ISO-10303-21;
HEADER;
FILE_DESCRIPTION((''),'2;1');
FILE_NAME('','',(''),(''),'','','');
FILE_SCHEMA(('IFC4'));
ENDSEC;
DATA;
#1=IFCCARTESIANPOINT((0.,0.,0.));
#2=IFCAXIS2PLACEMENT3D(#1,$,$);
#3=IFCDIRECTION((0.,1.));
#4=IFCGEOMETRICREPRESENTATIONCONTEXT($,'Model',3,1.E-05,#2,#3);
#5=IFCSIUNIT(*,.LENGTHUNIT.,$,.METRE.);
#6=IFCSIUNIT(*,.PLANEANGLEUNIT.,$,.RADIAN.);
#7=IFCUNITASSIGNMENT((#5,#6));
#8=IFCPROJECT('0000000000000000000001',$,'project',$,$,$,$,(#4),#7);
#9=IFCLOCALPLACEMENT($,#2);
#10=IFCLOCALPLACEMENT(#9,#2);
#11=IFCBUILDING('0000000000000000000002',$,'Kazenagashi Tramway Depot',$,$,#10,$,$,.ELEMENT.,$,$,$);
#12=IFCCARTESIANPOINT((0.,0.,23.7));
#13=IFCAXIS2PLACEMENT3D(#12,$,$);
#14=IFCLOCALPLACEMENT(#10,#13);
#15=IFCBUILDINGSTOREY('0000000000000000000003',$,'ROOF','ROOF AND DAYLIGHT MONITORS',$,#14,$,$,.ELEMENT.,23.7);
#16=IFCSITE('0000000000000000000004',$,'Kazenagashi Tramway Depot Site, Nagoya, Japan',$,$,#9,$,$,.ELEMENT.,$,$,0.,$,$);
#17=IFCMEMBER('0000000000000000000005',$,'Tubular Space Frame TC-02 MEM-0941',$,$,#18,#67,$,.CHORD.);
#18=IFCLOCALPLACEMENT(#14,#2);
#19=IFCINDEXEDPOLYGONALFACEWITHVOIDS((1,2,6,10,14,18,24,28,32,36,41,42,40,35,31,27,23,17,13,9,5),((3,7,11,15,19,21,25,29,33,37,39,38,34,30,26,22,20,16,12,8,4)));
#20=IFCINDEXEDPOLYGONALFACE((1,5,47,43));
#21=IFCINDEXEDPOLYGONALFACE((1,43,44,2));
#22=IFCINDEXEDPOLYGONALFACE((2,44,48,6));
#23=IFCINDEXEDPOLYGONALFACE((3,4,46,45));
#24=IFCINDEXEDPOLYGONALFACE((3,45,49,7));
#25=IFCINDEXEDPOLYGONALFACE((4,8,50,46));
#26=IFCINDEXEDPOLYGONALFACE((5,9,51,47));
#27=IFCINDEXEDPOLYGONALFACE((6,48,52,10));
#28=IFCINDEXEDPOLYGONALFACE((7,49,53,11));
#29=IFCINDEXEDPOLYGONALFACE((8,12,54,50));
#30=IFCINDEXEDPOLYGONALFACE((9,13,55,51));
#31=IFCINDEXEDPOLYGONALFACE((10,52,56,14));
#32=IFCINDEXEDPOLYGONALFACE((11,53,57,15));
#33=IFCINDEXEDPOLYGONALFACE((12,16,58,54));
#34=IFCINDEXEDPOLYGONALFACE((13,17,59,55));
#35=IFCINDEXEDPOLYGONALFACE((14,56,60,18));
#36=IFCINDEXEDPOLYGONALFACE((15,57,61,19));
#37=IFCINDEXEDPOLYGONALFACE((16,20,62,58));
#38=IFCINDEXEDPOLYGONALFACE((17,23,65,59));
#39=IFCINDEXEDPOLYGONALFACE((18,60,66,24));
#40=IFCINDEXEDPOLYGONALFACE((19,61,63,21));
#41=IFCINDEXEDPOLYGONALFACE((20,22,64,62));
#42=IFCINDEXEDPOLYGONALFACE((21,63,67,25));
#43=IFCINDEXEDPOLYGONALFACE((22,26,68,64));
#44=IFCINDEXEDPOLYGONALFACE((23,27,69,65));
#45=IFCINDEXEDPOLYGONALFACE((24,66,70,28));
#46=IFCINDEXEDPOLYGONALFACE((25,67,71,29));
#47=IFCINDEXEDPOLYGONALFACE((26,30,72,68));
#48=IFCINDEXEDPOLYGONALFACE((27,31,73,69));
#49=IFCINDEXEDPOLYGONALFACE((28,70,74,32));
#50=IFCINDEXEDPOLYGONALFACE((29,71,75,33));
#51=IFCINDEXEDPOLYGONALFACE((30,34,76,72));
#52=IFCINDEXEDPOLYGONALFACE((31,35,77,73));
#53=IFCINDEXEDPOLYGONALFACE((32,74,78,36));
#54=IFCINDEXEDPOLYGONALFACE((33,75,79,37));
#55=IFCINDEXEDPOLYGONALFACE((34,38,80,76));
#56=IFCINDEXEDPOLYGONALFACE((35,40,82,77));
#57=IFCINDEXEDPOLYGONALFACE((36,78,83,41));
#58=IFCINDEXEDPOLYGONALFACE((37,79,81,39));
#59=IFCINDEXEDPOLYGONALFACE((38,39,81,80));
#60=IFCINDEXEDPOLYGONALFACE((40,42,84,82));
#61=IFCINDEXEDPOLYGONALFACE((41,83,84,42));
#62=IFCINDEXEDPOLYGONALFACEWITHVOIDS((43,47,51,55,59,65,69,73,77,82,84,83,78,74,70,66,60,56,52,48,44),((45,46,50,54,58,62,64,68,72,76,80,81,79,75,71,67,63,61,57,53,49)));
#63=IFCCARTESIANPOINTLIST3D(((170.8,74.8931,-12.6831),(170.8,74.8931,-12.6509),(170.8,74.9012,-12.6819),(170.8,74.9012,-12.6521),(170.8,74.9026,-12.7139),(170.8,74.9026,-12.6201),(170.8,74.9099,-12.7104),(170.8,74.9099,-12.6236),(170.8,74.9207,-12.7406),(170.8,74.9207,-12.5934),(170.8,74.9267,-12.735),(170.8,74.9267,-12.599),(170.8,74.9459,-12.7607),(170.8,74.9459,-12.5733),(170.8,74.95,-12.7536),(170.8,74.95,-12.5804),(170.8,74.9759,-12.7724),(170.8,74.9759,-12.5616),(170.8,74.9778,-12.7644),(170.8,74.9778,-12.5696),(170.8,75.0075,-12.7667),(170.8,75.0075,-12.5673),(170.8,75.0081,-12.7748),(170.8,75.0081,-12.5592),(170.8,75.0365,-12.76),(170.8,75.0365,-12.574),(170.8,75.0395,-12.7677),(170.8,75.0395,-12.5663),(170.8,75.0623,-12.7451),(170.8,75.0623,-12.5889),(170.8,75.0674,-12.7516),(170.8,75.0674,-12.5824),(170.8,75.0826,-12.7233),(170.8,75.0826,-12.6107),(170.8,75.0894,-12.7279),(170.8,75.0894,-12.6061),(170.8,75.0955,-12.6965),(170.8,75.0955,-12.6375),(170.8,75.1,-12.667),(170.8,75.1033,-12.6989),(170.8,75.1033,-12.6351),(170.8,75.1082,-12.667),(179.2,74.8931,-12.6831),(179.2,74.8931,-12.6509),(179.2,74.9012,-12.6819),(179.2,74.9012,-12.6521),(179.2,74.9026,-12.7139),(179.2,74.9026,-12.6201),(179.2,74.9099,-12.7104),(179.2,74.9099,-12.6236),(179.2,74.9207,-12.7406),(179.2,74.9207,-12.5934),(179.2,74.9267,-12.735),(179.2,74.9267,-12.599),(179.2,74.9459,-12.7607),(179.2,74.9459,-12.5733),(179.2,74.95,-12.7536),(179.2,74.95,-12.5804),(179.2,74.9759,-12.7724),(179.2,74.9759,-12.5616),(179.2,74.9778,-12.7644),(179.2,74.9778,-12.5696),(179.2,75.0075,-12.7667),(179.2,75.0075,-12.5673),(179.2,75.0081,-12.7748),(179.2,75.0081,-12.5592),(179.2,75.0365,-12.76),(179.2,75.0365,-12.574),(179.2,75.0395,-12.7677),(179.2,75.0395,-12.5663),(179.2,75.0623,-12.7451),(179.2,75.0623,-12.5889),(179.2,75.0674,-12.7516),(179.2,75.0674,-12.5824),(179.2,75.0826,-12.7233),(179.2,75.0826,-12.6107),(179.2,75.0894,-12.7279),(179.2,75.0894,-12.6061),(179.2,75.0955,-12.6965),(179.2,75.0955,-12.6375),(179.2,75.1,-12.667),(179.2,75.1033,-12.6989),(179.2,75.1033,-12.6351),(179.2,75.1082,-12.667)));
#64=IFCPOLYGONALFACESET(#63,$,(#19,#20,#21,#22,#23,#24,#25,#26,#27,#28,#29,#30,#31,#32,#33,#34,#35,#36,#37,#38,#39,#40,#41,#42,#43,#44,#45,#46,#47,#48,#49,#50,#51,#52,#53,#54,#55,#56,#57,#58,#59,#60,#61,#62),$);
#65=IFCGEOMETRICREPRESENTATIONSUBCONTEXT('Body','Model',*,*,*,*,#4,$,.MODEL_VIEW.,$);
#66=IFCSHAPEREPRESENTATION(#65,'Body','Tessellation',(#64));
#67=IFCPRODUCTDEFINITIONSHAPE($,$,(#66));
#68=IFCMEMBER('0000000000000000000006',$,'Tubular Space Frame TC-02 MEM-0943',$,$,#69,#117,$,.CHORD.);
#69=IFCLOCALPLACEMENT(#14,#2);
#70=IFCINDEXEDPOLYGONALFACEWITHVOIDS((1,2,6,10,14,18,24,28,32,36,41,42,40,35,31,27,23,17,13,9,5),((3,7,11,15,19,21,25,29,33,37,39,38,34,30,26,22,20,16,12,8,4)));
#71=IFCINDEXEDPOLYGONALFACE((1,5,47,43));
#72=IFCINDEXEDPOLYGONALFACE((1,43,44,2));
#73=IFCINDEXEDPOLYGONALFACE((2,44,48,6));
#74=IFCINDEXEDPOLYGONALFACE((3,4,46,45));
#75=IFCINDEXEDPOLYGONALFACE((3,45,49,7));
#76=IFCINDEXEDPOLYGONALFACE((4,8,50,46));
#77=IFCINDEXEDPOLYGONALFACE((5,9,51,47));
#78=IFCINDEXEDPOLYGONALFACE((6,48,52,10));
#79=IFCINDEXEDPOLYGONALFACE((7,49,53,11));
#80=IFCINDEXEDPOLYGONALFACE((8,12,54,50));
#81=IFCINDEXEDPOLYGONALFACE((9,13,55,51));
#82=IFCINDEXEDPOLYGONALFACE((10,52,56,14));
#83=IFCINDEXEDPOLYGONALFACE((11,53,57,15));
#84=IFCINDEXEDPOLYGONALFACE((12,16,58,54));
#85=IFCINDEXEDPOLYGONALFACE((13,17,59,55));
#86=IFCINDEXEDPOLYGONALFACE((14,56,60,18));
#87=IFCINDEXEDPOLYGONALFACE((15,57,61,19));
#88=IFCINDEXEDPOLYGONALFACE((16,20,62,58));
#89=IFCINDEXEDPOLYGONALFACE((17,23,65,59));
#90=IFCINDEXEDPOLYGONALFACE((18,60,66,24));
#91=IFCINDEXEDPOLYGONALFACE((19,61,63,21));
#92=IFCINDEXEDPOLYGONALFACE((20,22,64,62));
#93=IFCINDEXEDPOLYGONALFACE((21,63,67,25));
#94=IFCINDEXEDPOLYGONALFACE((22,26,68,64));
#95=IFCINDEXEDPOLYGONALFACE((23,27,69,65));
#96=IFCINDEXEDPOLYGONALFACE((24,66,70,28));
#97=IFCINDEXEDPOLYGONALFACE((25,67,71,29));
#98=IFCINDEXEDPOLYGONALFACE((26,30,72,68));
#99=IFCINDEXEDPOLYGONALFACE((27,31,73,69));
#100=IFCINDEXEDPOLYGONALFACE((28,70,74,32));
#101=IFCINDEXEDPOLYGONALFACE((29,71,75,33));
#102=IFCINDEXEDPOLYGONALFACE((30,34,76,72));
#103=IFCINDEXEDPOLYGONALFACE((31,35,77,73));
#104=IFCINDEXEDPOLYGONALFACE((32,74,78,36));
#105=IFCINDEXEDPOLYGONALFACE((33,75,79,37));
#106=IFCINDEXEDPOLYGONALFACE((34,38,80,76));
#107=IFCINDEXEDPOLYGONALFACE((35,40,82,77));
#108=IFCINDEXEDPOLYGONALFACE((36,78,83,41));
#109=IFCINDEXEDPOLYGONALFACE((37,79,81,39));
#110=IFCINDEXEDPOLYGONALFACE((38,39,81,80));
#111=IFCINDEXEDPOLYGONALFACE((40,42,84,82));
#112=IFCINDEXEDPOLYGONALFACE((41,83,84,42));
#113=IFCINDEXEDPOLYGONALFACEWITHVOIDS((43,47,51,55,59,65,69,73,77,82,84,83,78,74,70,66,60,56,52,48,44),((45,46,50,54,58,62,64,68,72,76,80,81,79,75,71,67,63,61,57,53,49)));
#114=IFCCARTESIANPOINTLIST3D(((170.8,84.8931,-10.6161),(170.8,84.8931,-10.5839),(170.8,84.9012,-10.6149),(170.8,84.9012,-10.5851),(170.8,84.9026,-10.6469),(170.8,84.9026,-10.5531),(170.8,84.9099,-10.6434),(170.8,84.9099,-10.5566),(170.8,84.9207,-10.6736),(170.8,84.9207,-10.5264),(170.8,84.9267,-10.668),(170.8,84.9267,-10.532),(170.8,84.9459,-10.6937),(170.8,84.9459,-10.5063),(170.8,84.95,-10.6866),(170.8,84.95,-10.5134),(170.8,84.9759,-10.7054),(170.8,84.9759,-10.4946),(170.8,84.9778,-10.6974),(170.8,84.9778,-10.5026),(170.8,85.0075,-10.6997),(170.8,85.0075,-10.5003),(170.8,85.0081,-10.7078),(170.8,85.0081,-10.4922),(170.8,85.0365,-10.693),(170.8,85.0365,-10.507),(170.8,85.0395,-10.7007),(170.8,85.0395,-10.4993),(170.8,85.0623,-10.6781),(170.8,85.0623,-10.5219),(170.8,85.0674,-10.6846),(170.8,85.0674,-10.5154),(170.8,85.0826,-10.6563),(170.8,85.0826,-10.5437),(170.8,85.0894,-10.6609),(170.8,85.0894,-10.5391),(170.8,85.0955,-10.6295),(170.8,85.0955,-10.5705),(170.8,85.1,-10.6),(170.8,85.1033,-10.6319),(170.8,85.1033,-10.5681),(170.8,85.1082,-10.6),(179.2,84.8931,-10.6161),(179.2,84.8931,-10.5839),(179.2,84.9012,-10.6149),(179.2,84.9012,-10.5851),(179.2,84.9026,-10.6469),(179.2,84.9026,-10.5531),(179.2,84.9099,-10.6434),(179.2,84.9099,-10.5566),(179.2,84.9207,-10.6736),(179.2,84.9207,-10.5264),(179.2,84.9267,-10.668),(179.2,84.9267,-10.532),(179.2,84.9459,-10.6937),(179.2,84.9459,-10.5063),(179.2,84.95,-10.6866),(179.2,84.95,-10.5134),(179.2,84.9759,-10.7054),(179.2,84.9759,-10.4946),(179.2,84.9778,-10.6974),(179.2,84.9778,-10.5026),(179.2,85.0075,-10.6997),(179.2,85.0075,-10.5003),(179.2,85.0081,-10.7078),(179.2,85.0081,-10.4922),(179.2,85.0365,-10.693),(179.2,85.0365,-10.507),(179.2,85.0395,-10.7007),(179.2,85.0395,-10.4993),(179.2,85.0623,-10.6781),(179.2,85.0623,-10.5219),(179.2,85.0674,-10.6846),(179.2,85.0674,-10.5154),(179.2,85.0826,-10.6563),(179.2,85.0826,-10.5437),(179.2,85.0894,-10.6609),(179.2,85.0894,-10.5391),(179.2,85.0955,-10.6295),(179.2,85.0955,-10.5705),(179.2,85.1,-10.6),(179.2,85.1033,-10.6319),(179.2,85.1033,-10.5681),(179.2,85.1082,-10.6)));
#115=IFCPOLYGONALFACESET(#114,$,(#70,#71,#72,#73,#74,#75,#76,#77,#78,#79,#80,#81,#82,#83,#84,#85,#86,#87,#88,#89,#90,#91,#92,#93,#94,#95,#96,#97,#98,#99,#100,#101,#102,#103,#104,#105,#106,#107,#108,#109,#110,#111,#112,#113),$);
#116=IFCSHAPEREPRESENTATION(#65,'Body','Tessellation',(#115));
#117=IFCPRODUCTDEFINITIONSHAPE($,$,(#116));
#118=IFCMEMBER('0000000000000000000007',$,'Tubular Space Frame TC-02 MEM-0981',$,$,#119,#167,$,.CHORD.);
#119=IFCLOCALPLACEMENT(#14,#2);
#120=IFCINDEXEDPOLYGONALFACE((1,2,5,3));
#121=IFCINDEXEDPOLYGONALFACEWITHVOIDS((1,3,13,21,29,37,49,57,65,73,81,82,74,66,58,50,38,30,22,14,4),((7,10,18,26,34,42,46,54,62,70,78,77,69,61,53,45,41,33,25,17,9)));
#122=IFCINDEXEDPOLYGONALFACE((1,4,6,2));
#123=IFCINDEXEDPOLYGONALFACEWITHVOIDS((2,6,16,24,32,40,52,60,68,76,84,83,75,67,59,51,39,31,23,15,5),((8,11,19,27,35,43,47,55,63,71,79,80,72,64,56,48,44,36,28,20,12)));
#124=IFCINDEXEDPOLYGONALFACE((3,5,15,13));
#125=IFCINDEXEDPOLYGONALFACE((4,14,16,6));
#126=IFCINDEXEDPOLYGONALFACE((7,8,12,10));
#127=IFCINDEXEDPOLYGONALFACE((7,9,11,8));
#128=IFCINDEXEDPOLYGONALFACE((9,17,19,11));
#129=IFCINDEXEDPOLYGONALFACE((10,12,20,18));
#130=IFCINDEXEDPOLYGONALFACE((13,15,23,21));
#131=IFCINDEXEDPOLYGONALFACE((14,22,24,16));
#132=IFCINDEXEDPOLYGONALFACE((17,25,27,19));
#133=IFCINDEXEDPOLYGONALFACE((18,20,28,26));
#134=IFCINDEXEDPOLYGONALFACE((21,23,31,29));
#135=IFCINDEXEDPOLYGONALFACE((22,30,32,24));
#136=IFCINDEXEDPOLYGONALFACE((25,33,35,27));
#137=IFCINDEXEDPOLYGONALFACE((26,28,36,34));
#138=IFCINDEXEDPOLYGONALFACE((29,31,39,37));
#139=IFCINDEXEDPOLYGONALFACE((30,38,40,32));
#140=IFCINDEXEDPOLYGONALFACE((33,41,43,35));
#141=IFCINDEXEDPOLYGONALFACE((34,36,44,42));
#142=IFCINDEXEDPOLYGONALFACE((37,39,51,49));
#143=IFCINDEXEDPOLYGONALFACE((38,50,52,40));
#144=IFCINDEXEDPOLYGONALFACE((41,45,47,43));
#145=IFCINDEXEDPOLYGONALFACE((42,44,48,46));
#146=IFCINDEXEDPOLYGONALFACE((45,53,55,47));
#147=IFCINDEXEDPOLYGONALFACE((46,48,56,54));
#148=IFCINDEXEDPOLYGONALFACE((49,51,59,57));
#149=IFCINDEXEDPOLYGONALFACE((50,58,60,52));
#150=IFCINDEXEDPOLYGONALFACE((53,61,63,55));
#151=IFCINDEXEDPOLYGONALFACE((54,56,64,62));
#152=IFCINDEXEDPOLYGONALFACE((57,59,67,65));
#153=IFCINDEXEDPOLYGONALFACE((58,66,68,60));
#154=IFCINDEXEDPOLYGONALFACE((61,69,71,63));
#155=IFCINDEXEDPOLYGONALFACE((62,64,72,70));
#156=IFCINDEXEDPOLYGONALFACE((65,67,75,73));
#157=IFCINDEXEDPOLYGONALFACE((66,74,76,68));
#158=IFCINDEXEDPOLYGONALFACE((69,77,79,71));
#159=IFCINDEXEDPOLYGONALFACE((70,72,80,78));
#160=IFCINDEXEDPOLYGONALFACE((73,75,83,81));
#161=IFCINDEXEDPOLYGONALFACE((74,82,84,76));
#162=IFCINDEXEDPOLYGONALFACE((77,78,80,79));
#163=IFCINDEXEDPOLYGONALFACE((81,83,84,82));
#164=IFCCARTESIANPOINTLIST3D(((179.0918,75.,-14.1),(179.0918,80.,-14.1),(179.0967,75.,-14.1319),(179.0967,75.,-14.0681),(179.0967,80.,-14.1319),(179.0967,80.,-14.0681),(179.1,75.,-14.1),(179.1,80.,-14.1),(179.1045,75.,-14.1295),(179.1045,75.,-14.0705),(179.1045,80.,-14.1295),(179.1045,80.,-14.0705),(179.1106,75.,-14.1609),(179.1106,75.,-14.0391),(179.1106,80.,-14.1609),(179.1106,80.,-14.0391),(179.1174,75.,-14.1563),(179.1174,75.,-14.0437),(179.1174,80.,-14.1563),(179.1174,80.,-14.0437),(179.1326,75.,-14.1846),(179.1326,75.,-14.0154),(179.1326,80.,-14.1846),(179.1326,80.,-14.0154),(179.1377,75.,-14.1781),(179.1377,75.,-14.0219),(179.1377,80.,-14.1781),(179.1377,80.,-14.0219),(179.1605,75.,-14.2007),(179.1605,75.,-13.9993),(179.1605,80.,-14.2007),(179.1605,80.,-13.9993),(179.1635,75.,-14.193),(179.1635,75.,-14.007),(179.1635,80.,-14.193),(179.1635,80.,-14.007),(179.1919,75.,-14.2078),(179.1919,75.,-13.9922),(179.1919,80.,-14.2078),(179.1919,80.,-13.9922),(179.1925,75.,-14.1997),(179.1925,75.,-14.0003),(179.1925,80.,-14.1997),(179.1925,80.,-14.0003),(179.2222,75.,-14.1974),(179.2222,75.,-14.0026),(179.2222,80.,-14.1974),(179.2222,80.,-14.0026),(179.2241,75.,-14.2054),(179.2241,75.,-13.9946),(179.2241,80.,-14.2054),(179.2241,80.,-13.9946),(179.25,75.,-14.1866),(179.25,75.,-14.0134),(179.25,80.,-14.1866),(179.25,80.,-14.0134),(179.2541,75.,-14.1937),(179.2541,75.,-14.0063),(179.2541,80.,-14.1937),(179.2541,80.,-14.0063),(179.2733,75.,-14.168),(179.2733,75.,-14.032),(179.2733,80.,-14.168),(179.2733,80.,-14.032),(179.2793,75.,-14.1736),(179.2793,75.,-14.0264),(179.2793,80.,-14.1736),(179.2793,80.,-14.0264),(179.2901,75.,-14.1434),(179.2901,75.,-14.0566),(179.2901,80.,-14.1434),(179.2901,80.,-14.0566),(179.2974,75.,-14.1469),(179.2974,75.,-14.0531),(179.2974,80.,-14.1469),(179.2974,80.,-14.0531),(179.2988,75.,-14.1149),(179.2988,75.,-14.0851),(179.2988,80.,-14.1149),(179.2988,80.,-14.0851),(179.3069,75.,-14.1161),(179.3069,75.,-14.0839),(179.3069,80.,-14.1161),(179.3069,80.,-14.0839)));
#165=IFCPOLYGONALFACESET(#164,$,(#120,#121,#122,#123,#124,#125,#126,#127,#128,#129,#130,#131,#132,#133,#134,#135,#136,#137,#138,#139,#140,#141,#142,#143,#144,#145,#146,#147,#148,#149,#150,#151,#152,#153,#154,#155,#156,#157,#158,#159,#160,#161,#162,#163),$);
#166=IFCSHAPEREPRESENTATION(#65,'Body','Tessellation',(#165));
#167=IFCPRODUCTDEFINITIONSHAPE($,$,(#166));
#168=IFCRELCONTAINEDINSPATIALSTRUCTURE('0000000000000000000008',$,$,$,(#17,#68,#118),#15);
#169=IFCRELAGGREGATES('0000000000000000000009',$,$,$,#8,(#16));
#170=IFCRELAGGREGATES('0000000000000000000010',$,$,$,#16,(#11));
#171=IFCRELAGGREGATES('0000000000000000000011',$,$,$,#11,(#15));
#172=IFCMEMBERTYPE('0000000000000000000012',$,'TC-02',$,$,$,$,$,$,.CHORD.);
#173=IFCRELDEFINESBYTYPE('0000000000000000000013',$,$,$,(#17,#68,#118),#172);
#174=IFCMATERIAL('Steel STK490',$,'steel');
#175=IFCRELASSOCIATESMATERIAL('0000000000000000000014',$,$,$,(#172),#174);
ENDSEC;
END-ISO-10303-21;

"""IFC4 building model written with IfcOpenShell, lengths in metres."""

from ifc_helpers import new_model, si_unit, direction, frame, origin, origin_2d, place, context, subcontext, project, spatial, hollow_circle, extrude, material, material_profile, profile_set, type_object, element, save


model = new_model("IFC4")

# Units and contexts
model_context = context("Model", 3, precision=1e-05, world=origin(), true_north=direction((0.0, 1.0)))
body_context = subcontext(model_context, "Body", "Model", "MODEL_VIEW")
ifc_project = project(units=[si_unit("LENGTHUNIT", "METRE"), si_unit("PLANEANGLEUNIT", "RADIAN")], contexts=[model_context])

# Site, building, storey
site_placement = place(None, origin())
site = spatial("IfcSite", under=ifc_project, at=site_placement, Name="Kazenagashi Tramway Depot Site, Nagoya, Japan", CompositionType="ELEMENT", RefElevation=0.0)
building_placement = place(site_placement, origin())
building = spatial("IfcBuilding", under=site, at=building_placement, Name="Kazenagashi Tramway Depot", CompositionType="ELEMENT")
storey_placement = place(building_placement, frame((0.0, 0.0, 23.7)))
storey = spatial("IfcBuildingStorey", under=building, at=storey_placement, Name="ROOF", Description="ROOF AND DAYLIGHT MONITORS", CompositionType="ELEMENT", Elevation=23.7)

# Members
ifc_material_1 = material(Name="Steel STK490", Category="steel")
ifc_material_profile_1 = material_profile(ifc_material_1, hollow_circle(Radius=0.1081, WallThickness=0.0082, at=origin_2d()), Name="CHS-216.3x8.2")
ifc_profile_set_1 = profile_set([ifc_material_profile_1], Name="Steel STK490")
member_type_1 = type_object("IfcMemberType", Name="TC-02", PredefinedType="CHORD", material=ifc_profile_set_1)
for number, where, z_axis, x_axis, name in (
    (1, (170.8, 75.0, -12.667), (1.0, 0.0, 0.0), (0.0, 1.0, 0.0), "Tubular Space Frame TC-02 MEM-0941"),
    (2, (170.8, 85.0, -10.6), (1.0, 0.0, 0.0), (0.0, 1.0, 0.0), "Tubular Space Frame TC-02 MEM-0943"),
):
    element("IfcMember", number, at=place(storey_placement, frame(where, z_axis=z_axis, x_axis=x_axis)), inside=storey, type_object=member_type_1, Name=name, PredefinedType="CHORD", context=body_context, shape_type="SweptSolid", body=[
        extrude(hollow_circle(Radius=0.1081, WallThickness=0.0082, at=origin_2d()), origin(), (0.0, 0.0, 1.0), 8.4),
    ])
member_1_placement = place(storey_placement, frame((179.2, 75.0, -14.1), z_axis=(0.0, 1.0, 0.0), x_axis=(-1.0, 0.0, 0.0)))
element("IfcMember", 3, at=member_1_placement, inside=storey, type_object=member_type_1, Name="Tubular Space Frame TC-02 MEM-0981", PredefinedType="CHORD", context=body_context, shape_type="SweptSolid", body=[
    extrude(hollow_circle(Radius=0.1081, WallThickness=0.0082, at=origin_2d()), origin(), (0.0, 0.0, 1.0), 5.0),
])

save(model, "model.ifc")
